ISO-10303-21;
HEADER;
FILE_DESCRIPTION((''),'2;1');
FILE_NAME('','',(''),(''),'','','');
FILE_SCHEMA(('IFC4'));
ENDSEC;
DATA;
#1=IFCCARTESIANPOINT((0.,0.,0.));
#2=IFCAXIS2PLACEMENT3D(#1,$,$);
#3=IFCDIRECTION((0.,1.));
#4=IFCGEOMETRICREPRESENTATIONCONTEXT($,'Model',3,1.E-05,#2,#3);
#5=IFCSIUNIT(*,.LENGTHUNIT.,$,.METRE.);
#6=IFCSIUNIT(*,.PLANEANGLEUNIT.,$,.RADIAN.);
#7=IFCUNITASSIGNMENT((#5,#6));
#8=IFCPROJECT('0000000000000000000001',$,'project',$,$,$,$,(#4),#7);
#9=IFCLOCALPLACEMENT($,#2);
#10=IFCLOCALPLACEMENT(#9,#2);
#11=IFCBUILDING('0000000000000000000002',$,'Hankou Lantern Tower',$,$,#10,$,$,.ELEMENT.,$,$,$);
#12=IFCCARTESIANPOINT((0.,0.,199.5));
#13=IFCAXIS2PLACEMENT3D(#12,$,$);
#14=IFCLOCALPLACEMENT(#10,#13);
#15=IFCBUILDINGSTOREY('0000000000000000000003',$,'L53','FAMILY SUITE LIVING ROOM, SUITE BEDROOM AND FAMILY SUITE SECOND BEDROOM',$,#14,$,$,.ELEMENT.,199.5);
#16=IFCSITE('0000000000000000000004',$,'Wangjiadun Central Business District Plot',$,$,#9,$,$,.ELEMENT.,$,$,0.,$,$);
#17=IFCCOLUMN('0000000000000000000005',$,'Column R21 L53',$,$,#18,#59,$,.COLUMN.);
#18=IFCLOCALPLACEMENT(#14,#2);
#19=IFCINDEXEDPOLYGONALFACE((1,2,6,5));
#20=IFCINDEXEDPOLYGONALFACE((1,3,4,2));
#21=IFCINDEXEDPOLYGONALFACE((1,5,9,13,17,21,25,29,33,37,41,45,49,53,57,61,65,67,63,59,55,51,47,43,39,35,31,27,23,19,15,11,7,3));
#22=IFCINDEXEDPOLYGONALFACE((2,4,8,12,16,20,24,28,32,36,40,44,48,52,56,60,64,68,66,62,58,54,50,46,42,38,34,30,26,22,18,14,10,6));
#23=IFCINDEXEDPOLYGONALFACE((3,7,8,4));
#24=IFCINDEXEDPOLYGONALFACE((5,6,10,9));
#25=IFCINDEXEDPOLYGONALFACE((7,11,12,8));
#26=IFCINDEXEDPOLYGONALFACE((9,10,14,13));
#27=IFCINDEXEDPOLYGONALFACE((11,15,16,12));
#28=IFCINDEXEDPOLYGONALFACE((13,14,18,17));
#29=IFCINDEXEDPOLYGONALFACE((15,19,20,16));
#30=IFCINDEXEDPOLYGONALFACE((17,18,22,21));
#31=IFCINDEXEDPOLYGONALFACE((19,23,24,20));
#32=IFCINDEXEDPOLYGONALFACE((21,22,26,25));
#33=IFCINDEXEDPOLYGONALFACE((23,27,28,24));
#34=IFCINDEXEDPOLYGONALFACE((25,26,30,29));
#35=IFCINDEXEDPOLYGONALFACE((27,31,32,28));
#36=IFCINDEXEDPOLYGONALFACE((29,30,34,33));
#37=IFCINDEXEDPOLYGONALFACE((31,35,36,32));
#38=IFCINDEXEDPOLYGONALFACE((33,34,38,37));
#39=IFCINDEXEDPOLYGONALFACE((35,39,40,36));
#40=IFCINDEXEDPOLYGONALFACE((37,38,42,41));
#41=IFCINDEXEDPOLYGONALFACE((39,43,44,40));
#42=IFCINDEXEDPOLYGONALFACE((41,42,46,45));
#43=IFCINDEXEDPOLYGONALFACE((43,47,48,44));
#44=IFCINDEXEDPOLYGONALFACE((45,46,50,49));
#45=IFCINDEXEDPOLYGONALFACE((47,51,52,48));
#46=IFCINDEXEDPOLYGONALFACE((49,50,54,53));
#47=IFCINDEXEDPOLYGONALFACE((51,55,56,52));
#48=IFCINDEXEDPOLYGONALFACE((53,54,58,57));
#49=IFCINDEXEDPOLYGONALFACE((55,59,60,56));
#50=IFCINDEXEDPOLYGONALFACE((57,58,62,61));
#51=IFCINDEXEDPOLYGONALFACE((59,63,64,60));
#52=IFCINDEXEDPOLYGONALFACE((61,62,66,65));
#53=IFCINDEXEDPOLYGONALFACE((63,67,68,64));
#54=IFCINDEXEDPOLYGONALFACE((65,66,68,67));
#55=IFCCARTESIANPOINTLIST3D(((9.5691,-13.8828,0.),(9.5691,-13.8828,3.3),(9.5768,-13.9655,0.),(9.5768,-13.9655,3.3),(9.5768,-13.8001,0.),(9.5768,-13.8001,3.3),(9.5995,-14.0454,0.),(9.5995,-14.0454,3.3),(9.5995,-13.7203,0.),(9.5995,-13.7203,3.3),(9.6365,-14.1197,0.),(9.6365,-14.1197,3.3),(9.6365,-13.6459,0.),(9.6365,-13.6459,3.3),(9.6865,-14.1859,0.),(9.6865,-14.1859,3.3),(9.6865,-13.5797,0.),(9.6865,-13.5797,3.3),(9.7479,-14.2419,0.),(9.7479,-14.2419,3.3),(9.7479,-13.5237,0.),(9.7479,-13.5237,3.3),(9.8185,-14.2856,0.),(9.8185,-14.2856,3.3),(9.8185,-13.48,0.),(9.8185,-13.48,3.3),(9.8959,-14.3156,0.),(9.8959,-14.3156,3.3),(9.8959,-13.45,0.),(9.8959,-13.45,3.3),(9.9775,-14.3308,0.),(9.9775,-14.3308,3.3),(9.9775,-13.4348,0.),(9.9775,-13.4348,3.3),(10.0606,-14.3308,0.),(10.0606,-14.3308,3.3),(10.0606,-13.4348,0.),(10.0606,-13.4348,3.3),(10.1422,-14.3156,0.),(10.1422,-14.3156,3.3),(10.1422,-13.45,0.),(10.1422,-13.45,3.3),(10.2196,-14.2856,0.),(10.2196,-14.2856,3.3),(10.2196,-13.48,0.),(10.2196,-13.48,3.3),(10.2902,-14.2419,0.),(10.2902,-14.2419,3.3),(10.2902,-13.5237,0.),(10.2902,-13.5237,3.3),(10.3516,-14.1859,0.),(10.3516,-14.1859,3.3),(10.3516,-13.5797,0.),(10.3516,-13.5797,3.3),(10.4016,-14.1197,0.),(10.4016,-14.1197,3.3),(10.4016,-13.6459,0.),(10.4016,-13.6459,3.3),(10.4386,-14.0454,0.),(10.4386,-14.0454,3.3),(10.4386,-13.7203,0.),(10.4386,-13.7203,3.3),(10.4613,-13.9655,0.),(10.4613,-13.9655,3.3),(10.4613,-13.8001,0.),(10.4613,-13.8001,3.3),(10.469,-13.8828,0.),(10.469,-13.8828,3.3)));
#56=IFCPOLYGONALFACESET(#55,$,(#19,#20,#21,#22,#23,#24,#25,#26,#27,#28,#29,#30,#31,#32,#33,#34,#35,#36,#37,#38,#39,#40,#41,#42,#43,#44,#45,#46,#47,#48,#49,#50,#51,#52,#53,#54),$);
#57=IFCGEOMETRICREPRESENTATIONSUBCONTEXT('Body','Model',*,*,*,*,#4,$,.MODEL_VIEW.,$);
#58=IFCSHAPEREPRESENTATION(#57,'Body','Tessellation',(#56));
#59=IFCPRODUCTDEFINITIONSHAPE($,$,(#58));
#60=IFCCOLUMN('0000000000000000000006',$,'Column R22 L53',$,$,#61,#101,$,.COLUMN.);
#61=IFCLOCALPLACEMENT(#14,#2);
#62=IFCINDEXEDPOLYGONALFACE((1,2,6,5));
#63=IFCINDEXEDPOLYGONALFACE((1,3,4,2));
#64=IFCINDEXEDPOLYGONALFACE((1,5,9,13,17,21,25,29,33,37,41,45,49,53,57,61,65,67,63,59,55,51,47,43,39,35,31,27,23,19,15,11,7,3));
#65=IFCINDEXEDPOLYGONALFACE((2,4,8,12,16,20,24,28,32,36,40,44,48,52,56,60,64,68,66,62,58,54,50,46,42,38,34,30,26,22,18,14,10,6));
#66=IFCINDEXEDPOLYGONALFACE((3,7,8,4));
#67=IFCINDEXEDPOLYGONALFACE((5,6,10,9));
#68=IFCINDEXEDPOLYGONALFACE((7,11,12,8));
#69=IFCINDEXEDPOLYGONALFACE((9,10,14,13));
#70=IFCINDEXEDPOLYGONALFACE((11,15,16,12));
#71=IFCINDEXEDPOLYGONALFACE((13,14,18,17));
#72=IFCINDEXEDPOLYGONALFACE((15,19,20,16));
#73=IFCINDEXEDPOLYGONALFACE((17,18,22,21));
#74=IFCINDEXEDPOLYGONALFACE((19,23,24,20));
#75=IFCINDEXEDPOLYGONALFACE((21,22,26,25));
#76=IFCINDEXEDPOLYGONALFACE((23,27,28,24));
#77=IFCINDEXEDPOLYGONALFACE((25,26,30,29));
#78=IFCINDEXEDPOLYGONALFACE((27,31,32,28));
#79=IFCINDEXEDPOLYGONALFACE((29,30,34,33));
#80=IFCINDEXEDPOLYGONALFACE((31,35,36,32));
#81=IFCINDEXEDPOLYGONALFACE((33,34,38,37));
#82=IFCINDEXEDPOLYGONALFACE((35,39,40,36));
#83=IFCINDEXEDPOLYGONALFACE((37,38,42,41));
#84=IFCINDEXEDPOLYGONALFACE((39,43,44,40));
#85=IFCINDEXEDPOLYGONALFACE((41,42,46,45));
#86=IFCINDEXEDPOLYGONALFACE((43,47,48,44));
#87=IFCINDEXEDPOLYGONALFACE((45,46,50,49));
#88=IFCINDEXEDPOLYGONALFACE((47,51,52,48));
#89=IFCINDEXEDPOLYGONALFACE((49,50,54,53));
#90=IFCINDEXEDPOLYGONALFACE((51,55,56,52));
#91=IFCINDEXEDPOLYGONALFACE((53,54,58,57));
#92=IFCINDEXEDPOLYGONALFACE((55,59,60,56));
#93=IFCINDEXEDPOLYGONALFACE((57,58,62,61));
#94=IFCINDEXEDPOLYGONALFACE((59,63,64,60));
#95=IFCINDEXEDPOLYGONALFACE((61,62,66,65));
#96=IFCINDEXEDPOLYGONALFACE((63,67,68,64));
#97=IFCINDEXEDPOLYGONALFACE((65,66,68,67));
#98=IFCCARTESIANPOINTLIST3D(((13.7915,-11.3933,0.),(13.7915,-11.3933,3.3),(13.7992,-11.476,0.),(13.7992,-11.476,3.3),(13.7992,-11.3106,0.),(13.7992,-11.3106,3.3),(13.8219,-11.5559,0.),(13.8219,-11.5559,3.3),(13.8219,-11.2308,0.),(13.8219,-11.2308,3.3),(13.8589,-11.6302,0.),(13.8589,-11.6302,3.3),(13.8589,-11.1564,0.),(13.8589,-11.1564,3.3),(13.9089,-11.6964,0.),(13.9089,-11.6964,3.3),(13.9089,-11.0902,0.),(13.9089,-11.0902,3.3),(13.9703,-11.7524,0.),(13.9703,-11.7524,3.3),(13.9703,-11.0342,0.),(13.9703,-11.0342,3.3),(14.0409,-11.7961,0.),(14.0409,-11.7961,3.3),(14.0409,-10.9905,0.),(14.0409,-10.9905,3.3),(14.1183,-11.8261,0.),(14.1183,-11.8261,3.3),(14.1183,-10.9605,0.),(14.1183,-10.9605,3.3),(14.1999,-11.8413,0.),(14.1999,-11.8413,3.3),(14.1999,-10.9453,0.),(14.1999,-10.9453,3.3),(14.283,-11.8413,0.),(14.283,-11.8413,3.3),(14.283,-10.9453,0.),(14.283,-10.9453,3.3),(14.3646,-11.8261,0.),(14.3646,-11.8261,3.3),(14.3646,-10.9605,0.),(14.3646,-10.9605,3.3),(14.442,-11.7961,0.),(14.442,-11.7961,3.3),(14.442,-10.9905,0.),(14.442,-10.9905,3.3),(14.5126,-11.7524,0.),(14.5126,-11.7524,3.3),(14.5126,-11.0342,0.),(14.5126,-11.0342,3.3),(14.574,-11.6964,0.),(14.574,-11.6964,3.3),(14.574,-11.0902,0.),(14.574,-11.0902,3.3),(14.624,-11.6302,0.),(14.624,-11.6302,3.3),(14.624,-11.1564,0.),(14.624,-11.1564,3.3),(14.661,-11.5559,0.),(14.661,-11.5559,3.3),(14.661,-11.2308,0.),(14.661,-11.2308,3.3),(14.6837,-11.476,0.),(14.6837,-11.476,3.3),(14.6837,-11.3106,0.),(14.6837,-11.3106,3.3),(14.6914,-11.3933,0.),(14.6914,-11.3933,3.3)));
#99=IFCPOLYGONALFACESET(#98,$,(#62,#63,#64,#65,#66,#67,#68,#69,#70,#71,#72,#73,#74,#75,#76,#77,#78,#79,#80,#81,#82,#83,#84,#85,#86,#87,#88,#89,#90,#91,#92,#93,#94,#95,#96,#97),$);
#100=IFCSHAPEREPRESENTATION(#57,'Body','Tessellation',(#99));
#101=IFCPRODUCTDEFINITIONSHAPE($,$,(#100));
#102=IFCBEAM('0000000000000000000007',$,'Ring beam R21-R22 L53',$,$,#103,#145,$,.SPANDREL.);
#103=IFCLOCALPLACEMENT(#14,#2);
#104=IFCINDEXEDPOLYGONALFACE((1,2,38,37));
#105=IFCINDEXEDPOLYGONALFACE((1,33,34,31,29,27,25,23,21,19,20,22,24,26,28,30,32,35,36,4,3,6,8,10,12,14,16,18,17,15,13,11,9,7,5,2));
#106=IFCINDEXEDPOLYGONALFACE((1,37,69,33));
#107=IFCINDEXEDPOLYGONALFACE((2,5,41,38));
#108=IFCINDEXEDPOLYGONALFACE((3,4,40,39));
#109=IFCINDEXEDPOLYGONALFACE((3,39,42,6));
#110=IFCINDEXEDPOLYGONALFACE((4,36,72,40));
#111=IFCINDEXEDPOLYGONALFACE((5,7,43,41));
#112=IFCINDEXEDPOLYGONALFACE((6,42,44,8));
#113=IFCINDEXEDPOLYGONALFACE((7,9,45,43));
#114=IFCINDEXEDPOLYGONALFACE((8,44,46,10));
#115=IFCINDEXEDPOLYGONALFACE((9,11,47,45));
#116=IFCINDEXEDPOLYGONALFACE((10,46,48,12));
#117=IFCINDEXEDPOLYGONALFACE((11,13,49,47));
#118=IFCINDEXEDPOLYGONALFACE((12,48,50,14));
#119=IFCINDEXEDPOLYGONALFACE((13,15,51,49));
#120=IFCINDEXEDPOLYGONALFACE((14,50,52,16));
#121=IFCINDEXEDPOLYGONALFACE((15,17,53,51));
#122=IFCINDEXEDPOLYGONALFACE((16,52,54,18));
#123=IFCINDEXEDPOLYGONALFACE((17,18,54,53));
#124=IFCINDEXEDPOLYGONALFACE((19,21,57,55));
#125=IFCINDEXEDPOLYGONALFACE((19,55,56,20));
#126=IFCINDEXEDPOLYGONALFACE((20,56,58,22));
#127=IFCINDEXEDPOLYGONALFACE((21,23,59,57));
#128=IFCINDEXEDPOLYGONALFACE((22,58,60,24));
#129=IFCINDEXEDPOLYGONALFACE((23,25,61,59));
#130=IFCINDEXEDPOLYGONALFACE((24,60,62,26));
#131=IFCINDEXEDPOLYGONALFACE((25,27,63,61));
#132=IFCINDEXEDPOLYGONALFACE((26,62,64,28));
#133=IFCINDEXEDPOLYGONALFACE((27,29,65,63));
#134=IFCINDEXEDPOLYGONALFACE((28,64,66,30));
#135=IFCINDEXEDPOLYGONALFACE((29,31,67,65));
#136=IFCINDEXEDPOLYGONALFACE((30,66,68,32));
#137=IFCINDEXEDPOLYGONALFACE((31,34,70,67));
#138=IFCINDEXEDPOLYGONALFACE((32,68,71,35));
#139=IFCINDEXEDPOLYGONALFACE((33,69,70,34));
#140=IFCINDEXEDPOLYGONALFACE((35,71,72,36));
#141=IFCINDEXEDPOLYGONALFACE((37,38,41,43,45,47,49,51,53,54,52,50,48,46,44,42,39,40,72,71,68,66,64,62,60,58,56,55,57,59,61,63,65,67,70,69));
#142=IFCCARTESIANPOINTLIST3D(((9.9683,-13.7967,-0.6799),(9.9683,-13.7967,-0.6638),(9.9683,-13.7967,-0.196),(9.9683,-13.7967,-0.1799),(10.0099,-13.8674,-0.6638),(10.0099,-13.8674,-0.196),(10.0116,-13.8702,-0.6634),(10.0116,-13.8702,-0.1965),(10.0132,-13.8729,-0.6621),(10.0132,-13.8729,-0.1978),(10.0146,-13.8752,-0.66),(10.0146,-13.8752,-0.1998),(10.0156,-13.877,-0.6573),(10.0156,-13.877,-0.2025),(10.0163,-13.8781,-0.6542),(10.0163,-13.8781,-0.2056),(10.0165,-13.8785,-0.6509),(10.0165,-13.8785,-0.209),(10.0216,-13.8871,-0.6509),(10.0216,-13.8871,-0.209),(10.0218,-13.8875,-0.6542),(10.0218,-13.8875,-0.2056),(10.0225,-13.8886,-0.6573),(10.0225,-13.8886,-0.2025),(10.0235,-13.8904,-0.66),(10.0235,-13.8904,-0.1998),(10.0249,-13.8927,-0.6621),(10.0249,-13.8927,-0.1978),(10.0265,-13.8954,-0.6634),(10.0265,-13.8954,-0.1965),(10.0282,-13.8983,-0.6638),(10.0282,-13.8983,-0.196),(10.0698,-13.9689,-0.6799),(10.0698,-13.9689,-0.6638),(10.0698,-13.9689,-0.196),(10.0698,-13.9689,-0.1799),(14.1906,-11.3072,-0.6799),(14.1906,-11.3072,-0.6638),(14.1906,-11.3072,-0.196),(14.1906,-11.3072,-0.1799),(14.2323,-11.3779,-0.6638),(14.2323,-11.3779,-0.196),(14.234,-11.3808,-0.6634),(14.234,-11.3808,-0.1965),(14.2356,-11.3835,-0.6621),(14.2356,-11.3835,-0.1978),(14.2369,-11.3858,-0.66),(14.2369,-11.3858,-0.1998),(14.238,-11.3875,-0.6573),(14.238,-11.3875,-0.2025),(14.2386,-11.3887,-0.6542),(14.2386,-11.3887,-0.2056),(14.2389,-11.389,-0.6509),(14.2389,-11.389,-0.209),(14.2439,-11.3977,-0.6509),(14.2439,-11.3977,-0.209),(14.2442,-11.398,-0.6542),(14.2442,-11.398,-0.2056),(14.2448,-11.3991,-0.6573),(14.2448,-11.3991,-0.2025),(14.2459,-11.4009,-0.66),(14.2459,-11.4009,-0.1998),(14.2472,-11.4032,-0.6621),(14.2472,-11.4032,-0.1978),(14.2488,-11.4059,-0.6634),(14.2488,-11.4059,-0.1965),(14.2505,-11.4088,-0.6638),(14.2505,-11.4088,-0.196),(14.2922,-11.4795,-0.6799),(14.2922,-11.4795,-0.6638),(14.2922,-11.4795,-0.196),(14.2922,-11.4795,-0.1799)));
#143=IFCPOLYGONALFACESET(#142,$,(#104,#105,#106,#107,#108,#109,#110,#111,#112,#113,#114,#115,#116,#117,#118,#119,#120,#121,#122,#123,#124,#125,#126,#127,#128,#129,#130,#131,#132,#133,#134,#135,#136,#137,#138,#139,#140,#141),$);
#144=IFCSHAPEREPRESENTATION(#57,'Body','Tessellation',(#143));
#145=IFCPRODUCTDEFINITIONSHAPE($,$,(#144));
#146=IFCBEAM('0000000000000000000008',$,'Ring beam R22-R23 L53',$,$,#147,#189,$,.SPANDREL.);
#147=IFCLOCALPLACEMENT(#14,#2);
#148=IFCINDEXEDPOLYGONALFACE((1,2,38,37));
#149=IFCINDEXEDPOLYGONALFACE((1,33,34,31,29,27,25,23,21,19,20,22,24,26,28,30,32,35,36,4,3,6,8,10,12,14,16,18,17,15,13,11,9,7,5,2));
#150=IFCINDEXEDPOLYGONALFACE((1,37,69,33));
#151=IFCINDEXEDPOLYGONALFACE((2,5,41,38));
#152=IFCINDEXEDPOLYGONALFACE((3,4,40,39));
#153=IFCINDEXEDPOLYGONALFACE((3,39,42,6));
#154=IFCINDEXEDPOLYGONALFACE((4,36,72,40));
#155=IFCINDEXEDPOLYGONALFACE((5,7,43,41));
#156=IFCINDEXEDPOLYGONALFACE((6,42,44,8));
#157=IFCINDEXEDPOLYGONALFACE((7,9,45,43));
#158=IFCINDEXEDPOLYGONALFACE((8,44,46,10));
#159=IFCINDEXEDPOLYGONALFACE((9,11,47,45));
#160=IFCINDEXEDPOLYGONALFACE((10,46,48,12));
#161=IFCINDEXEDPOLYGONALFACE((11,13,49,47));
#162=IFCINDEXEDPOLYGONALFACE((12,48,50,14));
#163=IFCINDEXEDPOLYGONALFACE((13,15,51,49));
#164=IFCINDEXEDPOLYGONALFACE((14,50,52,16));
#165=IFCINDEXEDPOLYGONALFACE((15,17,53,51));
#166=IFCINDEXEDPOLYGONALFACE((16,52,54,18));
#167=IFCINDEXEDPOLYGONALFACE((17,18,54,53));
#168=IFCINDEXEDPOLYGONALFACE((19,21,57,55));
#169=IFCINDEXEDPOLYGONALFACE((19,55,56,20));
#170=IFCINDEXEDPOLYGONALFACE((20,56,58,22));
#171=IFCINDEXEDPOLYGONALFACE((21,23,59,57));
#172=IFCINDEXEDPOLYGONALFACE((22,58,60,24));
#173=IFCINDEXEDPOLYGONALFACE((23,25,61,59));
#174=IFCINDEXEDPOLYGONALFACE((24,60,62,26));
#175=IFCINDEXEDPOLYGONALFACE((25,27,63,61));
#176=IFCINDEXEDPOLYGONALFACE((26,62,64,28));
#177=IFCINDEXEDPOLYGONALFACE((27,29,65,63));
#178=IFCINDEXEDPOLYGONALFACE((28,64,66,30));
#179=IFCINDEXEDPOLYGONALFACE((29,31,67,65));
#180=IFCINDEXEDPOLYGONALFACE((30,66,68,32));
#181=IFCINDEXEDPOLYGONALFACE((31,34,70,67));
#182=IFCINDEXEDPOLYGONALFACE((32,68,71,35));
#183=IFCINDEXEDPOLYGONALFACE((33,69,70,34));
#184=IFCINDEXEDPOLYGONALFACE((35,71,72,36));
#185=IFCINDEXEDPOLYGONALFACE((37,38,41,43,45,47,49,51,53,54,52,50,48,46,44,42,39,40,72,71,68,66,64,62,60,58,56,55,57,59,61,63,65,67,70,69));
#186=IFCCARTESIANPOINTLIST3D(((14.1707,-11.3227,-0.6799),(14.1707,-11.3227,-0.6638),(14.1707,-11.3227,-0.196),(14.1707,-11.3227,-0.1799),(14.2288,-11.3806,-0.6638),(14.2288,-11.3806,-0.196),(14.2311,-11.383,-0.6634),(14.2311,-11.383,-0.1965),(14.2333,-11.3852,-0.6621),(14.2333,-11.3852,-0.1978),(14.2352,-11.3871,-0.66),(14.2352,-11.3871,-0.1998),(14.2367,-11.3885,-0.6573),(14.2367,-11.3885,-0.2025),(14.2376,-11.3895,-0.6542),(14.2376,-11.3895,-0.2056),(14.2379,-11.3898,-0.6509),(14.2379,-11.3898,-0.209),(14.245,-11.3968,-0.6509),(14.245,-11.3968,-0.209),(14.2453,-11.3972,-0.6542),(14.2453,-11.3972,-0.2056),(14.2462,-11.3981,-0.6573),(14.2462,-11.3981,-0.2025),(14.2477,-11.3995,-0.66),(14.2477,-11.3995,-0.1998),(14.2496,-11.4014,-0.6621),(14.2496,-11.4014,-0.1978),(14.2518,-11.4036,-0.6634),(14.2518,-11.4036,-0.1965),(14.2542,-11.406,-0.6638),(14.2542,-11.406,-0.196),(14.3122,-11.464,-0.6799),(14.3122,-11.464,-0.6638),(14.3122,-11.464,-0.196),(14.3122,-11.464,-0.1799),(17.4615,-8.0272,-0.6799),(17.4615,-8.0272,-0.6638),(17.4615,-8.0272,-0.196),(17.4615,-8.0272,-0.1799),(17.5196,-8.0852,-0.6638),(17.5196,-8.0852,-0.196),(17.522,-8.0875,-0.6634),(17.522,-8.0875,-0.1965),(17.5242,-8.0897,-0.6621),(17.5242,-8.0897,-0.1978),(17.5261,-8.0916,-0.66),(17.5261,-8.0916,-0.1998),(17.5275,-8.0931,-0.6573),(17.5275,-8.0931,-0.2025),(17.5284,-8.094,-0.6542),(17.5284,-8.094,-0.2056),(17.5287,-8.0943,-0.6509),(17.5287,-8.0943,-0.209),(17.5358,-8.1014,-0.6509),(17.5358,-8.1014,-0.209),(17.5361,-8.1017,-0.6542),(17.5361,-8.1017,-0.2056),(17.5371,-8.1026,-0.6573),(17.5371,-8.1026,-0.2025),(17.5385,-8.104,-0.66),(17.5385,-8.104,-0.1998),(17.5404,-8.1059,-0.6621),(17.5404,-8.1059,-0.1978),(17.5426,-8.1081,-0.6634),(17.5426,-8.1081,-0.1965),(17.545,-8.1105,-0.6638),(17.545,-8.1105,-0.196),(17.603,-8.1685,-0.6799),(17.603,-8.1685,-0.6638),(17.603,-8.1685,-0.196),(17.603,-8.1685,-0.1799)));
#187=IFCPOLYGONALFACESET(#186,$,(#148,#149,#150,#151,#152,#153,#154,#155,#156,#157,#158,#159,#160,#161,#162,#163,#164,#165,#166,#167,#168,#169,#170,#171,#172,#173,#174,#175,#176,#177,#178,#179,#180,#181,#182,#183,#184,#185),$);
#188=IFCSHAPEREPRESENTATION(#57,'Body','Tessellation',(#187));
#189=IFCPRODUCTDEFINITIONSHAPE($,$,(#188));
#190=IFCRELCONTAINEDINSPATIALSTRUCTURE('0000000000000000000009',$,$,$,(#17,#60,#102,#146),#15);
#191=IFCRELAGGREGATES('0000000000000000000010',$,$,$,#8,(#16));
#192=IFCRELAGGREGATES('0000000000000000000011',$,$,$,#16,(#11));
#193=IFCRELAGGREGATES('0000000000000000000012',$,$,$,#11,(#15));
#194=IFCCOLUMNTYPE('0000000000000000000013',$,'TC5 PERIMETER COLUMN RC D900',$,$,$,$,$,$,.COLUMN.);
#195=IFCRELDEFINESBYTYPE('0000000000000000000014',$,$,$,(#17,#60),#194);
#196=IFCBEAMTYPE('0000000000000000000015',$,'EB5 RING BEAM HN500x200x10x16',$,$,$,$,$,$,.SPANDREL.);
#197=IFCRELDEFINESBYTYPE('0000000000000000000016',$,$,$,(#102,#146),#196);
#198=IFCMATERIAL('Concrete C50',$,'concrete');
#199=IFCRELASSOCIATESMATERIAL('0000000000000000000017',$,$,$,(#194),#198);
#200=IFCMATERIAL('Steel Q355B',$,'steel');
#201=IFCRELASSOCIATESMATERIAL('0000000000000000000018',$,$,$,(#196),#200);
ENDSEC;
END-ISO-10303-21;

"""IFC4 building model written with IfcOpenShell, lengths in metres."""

from ifc_helpers import new_model, si_unit, direction, frame, origin, origin_2d, place, context, subcontext, project, spatial, circle, i_section, extrude, material, material_profile, profile_set, type_object, element, save


model = new_model("IFC4")

# Units and contexts
model_context = context("Model", 3, precision=1e-05, world=origin(), true_north=direction((0.0, 1.0)))
body_context = subcontext(model_context, "Body", "Model", "MODEL_VIEW")
ifc_project = project(units=[si_unit("LENGTHUNIT", "METRE"), si_unit("PLANEANGLEUNIT", "RADIAN")], contexts=[model_context])

# Site, building, storey
site_placement = place(None, origin())
site = spatial("IfcSite", under=ifc_project, at=site_placement, Name="Wangjiadun Central Business District Plot", CompositionType="ELEMENT", RefElevation=0.0)
building_placement = place(site_placement, origin())
building = spatial("IfcBuilding", under=site, at=building_placement, Name="Hankou Lantern Tower", CompositionType="ELEMENT")
storey_placement = place(building_placement, frame((0.0, 0.0, 199.5)))
storey = spatial("IfcBuildingStorey", under=building, at=storey_placement, Name="L53", Description="FAMILY SUITE LIVING ROOM, SUITE BEDROOM AND FAMILY SUITE SECOND BEDROOM", CompositionType="ELEMENT", Elevation=199.5)

# Columns
ifc_material_1 = material(Name="Concrete C50", Category="concrete")
ifc_material_profile_1 = material_profile(ifc_material_1, circle(Radius=0.45, at=origin_2d()), Name="RC D900")
ifc_profile_set_1 = profile_set([ifc_material_profile_1], Name="Concrete C50")
column_type = type_object("IfcColumnType", Name="TC5 PERIMETER COLUMN RC D900", PredefinedType="COLUMN", material=ifc_profile_set_1)
for number, where, z_axis, x_axis, name in (
    (1, (10.019, -13.8828, 0.0), (0.0, 0.0, 1.0), (1.0, 0.0, 0.0), "Column R21 L53"),
    (2, (14.2415, -11.3933, 0.0), (0.0, 0.0, 1.0), (1.0, 0.0, 0.0), "Column R22 L53"),
):
    element("IfcColumn", number, at=place(storey_placement, frame(where, z_axis=z_axis, x_axis=x_axis)), inside=storey, type_object=column_type, Name=name, PredefinedType="COLUMN", context=body_context, shape_type="SweptSolid", body=[
        extrude(circle(Radius=0.45, at=origin_2d()), origin(), (0.0, 0.0, 1.0), 3.3),
    ])

# Beams
ifc_material_2 = material(Name="Steel Q355B", Category="steel")
ifc_material_profile_2 = material_profile(ifc_material_2, i_section(OverallWidth=0.2, OverallDepth=0.5, WebThickness=0.01, FlangeThickness=0.0161, FilletRadius=0.0129, at=origin_2d()), Name="HN500x200x10x16")
ifc_profile_set_2 = profile_set([ifc_material_profile_2], Name="Steel Q355B")
beam_type_1 = type_object("IfcBeamType", Name="EB5 RING BEAM HN500x200x10x16", PredefinedType="SPANDREL", material=ifc_profile_set_2)
beam_1_placement = place(storey_placement, frame((10.019, -13.8828, -0.4299), z_axis=(0.861423, 0.507888, 0.0), x_axis=(-0.507888, 0.861423, 0.0)))
element("IfcBeam", 3, at=beam_1_placement, inside=storey, type_object=beam_type_1, Name="Ring beam R21-R22 L53", PredefinedType="SPANDREL", context=body_context, shape_type="SweptSolid", body=[
    extrude(i_section(OverallWidth=0.2, OverallDepth=0.5, WebThickness=0.01, FlangeThickness=0.0161, FilletRadius=0.0129, at=origin_2d()), origin(), (0.0, 0.0, 1.0), 4.9016),
])
beam_2_placement = place(storey_placement, frame((14.2415, -11.3933, -0.4299), z_axis=(0.706609, 0.707605, 0.0), x_axis=(-0.707605, 0.706609, 0.0)))
element("IfcBeam", 4, at=beam_2_placement, inside=storey, type_object=beam_type_1, Name="Ring beam R22-R23 L53", PredefinedType="SPANDREL", context=body_context, shape_type="SweptSolid", body=[
    extrude(i_section(OverallWidth=0.2, OverallDepth=0.5, WebThickness=0.01, FlangeThickness=0.0161, FilletRadius=0.0129, at=origin_2d()), origin(), (0.0, 0.0, 1.0), 4.6572),
])

save(model, "model.ifc")
